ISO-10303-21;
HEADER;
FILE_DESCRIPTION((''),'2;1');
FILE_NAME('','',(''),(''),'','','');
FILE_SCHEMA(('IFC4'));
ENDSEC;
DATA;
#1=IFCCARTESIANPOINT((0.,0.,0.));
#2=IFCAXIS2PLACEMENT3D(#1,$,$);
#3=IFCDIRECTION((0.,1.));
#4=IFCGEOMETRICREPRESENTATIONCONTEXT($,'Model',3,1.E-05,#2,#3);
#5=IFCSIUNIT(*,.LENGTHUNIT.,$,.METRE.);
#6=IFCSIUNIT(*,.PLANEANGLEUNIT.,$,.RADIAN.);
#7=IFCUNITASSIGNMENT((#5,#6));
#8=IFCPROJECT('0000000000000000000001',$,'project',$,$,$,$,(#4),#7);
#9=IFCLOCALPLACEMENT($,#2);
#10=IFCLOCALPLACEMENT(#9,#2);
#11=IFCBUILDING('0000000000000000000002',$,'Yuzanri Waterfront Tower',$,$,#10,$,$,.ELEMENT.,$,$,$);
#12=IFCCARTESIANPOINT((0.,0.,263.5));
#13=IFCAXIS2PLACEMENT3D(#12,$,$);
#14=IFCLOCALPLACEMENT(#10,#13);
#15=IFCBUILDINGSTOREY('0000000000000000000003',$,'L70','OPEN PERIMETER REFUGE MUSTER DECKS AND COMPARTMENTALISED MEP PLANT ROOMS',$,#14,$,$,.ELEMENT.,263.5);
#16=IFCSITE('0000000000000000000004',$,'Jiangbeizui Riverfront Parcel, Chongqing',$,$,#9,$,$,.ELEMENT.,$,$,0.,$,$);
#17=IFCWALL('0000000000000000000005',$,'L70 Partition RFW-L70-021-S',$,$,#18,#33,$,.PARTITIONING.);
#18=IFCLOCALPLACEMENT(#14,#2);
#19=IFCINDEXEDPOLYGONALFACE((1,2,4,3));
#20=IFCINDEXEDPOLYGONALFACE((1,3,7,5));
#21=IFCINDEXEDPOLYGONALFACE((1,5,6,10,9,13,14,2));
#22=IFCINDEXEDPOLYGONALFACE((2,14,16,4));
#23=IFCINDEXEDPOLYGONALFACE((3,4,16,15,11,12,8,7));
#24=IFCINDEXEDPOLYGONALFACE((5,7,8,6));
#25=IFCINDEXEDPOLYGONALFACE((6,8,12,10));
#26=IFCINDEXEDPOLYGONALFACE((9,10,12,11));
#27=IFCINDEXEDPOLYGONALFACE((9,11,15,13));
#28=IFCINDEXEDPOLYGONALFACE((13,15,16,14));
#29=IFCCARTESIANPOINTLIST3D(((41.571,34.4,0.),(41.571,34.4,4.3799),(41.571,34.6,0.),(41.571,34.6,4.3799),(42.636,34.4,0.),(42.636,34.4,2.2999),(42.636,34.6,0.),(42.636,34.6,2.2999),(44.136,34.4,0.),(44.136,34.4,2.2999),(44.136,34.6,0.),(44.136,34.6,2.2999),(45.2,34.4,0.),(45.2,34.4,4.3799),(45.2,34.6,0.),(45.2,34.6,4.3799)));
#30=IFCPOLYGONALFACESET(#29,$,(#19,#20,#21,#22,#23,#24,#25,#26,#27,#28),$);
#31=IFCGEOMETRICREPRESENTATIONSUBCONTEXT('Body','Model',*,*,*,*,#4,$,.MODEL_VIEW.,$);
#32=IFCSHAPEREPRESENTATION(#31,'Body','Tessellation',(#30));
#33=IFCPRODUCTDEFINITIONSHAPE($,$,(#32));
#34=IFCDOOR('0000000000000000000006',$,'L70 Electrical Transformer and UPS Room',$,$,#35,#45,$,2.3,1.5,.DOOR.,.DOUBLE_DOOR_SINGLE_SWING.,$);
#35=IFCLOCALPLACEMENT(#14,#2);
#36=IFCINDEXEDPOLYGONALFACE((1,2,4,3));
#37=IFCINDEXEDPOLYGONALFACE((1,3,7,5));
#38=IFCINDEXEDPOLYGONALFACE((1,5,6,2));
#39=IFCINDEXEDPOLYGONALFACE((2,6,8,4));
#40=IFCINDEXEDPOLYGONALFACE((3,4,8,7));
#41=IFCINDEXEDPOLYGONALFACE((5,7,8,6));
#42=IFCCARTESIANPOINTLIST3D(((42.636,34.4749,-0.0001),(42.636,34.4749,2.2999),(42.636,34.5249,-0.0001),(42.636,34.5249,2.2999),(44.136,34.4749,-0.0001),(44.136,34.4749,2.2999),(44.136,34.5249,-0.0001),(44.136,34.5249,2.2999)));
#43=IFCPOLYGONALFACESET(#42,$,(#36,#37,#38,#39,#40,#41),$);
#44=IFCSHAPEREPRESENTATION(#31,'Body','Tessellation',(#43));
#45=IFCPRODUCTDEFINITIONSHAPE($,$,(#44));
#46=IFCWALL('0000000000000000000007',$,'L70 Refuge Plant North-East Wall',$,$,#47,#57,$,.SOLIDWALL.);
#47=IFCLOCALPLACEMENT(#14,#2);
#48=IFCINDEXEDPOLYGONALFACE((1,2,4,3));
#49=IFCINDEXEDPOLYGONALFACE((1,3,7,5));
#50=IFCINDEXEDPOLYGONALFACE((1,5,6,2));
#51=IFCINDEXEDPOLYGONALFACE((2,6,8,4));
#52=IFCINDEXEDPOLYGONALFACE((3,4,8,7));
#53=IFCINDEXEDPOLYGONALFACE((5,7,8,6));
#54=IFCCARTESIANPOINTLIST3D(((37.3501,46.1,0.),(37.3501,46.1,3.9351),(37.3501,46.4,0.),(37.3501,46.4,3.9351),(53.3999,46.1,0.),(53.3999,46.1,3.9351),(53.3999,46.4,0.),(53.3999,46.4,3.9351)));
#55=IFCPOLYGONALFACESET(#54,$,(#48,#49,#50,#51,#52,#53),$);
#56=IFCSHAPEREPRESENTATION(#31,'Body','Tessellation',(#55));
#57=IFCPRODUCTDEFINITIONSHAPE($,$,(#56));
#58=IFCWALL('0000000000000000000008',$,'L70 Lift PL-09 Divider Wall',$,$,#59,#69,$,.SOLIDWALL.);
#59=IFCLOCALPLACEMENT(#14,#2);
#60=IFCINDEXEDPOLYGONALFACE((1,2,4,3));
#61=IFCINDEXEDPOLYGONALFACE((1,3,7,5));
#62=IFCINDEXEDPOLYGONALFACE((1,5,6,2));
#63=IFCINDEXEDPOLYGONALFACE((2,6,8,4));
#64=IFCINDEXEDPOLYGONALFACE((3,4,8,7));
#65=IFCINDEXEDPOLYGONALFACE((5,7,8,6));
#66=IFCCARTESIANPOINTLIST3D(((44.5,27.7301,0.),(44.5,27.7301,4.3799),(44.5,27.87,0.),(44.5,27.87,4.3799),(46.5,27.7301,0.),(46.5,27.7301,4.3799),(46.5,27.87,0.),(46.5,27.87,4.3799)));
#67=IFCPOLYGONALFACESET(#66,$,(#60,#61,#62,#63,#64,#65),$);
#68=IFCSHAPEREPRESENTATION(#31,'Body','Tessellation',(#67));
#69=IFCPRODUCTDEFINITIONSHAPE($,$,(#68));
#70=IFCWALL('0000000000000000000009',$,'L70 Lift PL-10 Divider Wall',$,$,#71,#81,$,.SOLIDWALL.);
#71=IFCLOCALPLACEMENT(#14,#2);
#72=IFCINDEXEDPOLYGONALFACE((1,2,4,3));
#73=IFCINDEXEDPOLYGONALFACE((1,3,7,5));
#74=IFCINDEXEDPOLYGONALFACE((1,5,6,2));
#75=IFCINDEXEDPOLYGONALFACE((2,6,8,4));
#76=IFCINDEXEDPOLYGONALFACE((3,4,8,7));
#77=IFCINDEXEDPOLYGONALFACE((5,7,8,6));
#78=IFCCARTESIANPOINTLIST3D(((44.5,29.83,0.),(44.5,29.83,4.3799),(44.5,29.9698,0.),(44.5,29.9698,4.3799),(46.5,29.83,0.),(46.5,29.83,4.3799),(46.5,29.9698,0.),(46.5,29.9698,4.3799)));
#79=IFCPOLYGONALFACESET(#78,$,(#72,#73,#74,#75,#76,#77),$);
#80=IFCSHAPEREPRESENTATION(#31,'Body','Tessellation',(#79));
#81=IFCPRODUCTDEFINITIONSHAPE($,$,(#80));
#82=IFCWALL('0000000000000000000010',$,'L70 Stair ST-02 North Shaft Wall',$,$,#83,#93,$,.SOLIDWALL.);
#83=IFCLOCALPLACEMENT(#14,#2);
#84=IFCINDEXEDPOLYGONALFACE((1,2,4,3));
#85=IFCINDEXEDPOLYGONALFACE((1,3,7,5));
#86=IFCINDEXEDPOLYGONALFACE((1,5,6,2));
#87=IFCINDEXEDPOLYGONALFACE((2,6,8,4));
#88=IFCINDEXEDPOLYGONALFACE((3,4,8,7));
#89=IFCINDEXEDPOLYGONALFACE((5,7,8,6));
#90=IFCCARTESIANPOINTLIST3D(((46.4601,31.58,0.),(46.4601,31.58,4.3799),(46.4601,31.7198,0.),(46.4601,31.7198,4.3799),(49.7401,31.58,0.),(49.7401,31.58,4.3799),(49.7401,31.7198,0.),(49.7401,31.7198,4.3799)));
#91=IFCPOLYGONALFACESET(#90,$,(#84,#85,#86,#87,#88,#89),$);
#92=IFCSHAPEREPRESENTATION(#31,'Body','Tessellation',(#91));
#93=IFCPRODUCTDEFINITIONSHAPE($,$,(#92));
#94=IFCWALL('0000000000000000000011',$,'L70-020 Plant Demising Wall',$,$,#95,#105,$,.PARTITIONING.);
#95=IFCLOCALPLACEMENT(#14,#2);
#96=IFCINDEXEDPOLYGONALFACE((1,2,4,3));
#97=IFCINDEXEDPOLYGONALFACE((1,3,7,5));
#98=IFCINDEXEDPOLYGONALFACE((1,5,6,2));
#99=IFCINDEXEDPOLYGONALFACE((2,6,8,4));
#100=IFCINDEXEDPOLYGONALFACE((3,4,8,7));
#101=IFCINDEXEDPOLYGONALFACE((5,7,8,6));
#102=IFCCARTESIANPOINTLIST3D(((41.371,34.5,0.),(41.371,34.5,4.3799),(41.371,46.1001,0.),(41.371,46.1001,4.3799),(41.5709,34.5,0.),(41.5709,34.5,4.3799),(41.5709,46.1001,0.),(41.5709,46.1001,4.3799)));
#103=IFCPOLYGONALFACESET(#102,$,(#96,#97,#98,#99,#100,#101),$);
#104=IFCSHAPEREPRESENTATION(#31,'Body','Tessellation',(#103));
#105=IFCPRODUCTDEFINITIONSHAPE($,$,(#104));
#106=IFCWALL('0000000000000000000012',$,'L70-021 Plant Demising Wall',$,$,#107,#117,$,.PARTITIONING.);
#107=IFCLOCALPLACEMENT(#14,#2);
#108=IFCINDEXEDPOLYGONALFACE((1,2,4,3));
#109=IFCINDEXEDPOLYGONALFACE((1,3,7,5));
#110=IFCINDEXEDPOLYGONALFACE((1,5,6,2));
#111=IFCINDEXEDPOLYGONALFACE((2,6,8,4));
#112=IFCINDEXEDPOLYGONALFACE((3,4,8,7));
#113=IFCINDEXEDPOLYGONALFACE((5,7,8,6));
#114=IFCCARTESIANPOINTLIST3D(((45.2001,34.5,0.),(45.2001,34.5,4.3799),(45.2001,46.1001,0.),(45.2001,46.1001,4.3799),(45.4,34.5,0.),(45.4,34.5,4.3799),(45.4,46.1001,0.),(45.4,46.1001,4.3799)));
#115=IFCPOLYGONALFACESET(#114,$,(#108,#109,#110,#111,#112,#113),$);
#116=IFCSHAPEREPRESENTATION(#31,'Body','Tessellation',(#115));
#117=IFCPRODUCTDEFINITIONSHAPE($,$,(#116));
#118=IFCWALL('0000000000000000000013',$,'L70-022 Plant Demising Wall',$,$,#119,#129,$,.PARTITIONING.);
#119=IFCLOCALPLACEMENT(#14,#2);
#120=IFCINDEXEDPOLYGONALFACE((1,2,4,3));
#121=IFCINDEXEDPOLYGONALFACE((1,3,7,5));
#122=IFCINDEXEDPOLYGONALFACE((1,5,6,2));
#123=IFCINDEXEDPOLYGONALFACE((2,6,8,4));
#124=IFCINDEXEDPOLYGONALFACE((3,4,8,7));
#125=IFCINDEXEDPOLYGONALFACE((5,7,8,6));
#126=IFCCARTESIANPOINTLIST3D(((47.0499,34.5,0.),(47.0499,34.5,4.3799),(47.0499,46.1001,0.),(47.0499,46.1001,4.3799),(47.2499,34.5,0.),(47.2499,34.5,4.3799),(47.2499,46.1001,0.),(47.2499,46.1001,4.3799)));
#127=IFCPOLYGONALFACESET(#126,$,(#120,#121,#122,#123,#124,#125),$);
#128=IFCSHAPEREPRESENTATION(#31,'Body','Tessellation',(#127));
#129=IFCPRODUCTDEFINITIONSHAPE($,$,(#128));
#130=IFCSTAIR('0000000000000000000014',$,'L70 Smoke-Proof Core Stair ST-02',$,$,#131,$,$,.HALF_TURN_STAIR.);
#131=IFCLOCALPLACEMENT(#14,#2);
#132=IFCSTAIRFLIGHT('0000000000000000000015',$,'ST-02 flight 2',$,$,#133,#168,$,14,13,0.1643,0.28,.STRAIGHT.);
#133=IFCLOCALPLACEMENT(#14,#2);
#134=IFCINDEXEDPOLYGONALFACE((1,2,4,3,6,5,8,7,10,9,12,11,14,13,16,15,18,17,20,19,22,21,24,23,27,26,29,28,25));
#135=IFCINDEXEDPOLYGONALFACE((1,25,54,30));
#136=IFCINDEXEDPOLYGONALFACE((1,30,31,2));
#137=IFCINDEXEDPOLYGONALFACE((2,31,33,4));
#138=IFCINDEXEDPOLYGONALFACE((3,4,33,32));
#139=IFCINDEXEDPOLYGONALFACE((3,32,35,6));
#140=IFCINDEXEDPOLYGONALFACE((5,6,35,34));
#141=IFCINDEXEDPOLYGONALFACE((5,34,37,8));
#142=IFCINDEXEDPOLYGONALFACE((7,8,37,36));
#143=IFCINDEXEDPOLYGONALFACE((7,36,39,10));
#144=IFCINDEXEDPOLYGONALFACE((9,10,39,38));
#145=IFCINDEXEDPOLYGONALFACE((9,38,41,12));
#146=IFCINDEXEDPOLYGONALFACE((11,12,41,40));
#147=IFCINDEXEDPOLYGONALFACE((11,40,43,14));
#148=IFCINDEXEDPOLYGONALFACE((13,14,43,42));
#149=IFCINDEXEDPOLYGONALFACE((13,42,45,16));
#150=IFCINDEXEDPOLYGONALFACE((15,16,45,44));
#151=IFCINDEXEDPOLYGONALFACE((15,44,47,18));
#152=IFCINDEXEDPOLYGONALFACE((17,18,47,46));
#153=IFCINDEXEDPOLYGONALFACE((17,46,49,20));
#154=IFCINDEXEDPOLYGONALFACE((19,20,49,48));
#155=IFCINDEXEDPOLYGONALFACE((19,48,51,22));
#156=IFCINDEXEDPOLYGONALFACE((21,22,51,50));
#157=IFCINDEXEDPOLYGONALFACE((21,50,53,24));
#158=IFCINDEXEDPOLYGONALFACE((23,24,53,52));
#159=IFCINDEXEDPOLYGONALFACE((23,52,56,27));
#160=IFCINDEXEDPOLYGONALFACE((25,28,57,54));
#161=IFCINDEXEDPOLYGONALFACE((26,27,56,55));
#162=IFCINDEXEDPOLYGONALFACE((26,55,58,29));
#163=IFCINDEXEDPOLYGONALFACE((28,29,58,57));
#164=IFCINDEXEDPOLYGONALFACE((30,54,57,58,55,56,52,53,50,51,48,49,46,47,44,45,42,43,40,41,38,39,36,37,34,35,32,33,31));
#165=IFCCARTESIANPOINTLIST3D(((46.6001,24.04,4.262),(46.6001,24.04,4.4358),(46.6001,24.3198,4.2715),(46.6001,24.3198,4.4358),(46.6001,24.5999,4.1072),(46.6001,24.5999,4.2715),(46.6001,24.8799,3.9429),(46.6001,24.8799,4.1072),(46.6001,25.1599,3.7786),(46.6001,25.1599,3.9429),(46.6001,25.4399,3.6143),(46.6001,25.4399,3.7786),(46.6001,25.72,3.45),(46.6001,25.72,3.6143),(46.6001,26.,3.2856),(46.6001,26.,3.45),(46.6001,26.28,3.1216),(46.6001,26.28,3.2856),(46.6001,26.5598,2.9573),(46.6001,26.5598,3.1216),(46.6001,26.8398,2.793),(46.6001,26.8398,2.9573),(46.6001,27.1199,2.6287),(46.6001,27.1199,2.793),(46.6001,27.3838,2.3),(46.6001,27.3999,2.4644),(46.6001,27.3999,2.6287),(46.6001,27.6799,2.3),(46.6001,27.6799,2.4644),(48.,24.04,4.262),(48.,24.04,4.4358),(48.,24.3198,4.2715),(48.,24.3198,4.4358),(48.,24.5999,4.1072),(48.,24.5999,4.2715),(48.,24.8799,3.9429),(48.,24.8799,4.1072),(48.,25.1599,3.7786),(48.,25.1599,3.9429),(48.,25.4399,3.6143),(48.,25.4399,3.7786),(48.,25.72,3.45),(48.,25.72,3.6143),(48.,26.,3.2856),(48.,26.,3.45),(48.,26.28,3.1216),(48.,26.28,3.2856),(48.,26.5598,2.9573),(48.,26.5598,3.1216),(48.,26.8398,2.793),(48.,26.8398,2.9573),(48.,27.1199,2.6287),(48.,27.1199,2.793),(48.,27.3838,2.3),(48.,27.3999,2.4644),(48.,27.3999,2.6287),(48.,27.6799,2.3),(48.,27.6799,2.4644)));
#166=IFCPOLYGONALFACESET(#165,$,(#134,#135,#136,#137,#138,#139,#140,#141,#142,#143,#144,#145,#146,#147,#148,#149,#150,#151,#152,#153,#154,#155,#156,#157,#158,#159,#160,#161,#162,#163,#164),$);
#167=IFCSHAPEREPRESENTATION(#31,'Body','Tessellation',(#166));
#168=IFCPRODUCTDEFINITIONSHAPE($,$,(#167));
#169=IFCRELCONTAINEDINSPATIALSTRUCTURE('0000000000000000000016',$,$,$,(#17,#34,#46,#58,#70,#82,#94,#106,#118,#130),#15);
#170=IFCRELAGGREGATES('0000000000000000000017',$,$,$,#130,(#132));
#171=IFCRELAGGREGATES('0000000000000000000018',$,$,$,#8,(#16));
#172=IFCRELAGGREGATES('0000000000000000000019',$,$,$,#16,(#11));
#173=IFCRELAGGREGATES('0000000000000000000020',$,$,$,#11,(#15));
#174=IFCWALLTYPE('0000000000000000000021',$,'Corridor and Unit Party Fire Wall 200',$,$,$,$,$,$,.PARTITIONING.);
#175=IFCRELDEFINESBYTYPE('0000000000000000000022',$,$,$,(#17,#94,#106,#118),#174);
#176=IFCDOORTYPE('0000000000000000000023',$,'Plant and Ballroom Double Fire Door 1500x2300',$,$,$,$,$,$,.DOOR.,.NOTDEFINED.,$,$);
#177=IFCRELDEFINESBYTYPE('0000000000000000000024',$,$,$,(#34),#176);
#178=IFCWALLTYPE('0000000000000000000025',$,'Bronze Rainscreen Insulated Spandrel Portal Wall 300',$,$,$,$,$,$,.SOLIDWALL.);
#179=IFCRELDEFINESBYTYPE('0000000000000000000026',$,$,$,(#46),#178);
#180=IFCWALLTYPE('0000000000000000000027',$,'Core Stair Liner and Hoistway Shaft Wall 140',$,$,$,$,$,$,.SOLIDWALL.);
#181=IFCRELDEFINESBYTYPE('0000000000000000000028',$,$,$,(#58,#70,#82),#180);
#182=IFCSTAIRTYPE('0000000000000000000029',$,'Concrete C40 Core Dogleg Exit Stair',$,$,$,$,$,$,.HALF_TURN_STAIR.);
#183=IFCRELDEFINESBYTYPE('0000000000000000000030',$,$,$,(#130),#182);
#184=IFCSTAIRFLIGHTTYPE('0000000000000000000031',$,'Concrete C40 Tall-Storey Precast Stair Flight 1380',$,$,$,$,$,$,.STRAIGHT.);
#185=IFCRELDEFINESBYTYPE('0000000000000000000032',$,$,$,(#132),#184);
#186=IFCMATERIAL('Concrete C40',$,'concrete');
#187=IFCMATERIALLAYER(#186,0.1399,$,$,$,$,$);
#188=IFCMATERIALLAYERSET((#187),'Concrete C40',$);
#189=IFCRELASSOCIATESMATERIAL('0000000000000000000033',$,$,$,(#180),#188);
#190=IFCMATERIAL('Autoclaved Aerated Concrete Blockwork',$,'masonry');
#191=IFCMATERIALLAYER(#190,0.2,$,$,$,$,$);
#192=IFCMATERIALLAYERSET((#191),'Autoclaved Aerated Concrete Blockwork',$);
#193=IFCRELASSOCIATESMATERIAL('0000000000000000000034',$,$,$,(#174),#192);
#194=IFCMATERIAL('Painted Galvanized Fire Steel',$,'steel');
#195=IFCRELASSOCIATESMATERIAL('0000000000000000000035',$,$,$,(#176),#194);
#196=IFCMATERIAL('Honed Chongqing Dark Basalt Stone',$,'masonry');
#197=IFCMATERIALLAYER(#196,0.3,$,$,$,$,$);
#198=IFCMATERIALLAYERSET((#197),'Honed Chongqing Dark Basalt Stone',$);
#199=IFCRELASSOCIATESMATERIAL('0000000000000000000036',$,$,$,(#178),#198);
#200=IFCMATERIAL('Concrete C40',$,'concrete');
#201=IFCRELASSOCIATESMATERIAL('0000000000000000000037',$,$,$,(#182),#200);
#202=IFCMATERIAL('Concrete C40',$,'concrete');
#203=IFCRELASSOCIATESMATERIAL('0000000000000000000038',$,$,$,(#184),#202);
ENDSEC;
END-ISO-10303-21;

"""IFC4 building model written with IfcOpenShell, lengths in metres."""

from ifc_helpers import new_model, si_unit, direction, frame, frame_2d, origin, place, context, subcontext, project, spatial, polyline, rectangle, outline, extrude, source, transform, mapped, material, layer, layer_set, type_object, element, fill, aggregate, save


model = new_model("IFC4")

# Units and contexts
model_context = context("Model", 3, precision=1e-05, world=origin(), true_north=direction((0.0, 1.0)))
body_context = subcontext(model_context, "Body", "Model", "MODEL_VIEW")
ifc_project = project(units=[si_unit("LENGTHUNIT", "METRE"), si_unit("PLANEANGLEUNIT", "RADIAN")], contexts=[model_context])

# Site, building, storey
site_placement = place(None, origin())
site = spatial("IfcSite", under=ifc_project, at=site_placement, Name="Jiangbeizui Riverfront Parcel, Chongqing", CompositionType="ELEMENT", RefElevation=0.0)
building_placement = place(site_placement, origin())
building = spatial("IfcBuilding", under=site, at=building_placement, Name="Yuzanri Waterfront Tower", CompositionType="ELEMENT")
storey_placement = place(building_placement, frame((0.0, 0.0, 263.5)))
storey = spatial("IfcBuildingStorey", under=building, at=storey_placement, Name="L70", Description="OPEN PERIMETER REFUGE MUSTER DECKS AND COMPARTMENTALISED MEP PLANT ROOMS", CompositionType="ELEMENT", Elevation=263.5)

# Wall, opening, door
ifc_material_1 = material(Name="Concrete C40", Category="concrete")
ifc_layer_1 = layer(ifc_material_1, 0.1399)
ifc_layer_set_1 = layer_set([ifc_layer_1], Name="Concrete C40")
wall_type_1 = type_object("IfcWallType", Name="Core Stair Liner and Hoistway Shaft Wall 140", PredefinedType="SOLIDWALL", material=ifc_layer_set_1)
ifc_material_2 = material(Name="Autoclaved Aerated Concrete Blockwork", Category="masonry")
ifc_layer_2 = layer(ifc_material_2, 0.2)
ifc_layer_set_2 = layer_set([ifc_layer_2], Name="Autoclaved Aerated Concrete Blockwork")
wall_type_2 = type_object("IfcWallType", Name="Corridor and Unit Party Fire Wall 200", PredefinedType="PARTITIONING", material=ifc_layer_set_2)
wall_1_placement = place(storey_placement, frame((41.571, 34.5, 0.0), z_axis=(0.0, 0.0, 1.0), x_axis=(1.0, 0.0, 0.0)))
wall_1 = element("IfcWall", 1, at=wall_1_placement, inside=storey, type_object=wall_type_2, Name="L70 Partition RFW-L70-021-S", PredefinedType="PARTITIONING", context=body_context, shape_type="SweptSolid", body=[
    extrude(rectangle(XDim=3.6289, YDim=0.2, at=frame_2d((1.8145, 0.0))), origin(), (0.0, 0.0, 1.0), 4.3799),
])
opening_1_placement = place(wall_1_placement, frame((1.0649, 0.0, 0.0)))
opening_1 = element("IfcOpeningElement", 2, at=opening_1_placement, cuts=wall_1, PredefinedType="OPENING", context=body_context, shape_type="SweptSolid", body=[
    extrude(rectangle(XDim=1.5, YDim=2.3, at=frame_2d((0.75, 1.1499))), frame((0.0, 0.1147, 0.0), z_axis=(0.0, -1.0, 0.0), x_axis=(1.0, 0.0, 0.0)), (0.0, 0.0, 1.0), 0.2297),
])
ifc_material_3 = material(Name="Painted Galvanized Fire Steel", Category="steel")
door_type_1 = type_object("IfcDoorType", Name="Plant and Ballroom Double Fire Door 1500x2300", OperationType="NOTDEFINED", PredefinedType="DOOR", material=ifc_material_3)
shared_shape_1 = source(origin(), body_context, "Body", "SweptSolid", [
    extrude(rectangle(XDim=1.5, YDim=2.3, at=frame_2d((0.75, 1.1499))), frame((0.0, 0.0249, 0.0), z_axis=(0.0, -1.0, 0.0), x_axis=(1.0, 0.0, 0.0)), (0.0, 0.0, 1.0), 0.05),
])
door_1_placement = place(opening_1_placement, origin())
door_1 = element("IfcDoor", 3, at=door_1_placement, inside=storey, type_object=door_type_1, Name="L70 Electrical Transformer and UPS Room", OperationType="DOUBLE_DOOR_SINGLE_SWING", OverallHeight=2.3, OverallWidth=1.5, PredefinedType="DOOR", context=body_context, shape_type="MappedRepresentation", body=[
    mapped(shared_shape_1, transform((0.0, 0.0, 0.0), scale=1.0)),
])
fill(opening_1, door_1)

# Walls
ifc_material_4 = material(Name="Honed Chongqing Dark Basalt Stone", Category="masonry")
ifc_layer_3 = layer(ifc_material_4, 0.3)
ifc_layer_set_3 = layer_set([ifc_layer_3], Name="Honed Chongqing Dark Basalt Stone")
wall_type_3 = type_object("IfcWallType", Name="Bronze Rainscreen Insulated Spandrel Portal Wall 300", PredefinedType="SOLIDWALL", material=ifc_layer_set_3)
shared_shape_2 = source(origin(), body_context, "Body", "SweptSolid", [
    extrude(rectangle(XDim=16.0498, YDim=0.3, at=frame_2d((8.0249, 0.0))), origin(), (0.0, 0.0, 1.0), 3.9351),
])
wall_2_placement = place(storey_placement, frame((37.3501, 46.25, 0.0), z_axis=(0.0, 0.0, 1.0), x_axis=(1.0, 0.0, 0.0)))
element("IfcWall", 4, at=wall_2_placement, inside=storey, type_object=wall_type_3, Name="L70 Refuge Plant North-East Wall", PredefinedType="SOLIDWALL", context=body_context, shape_type="MappedRepresentation", body=[
    mapped(shared_shape_2, transform((0.0, 0.0, 0.0), scale=1.0)),
])
shared_shape_3 = source(origin(), body_context, "Body", "SweptSolid", [
    extrude(rectangle(XDim=2.0, YDim=0.1399, at=frame_2d((1.0, 0.0))), origin(), (0.0, 0.0, 1.0), 4.3799),
])
for number, where, z_axis, x_axis, name in (
    (5, (44.5, 27.8, 0.0), (0.0, 0.0, 1.0), (1.0, 0.0, 0.0), "L70 Lift PL-09 Divider Wall"),
    (6, (44.5, 29.8999, 0.0), (0.0, 0.0, 1.0), (1.0, 0.0, 0.0), "L70 Lift PL-10 Divider Wall"),
):
    element("IfcWall", number, at=place(storey_placement, frame(where, z_axis=z_axis, x_axis=x_axis)), inside=storey, type_object=wall_type_1, Name=name, PredefinedType="SOLIDWALL", context=body_context, shape_type="MappedRepresentation", body=[
        mapped(shared_shape_3, transform((0.0, 0.0, 0.0), scale=1.0)),
    ])
shared_shape_4 = source(origin(), body_context, "Body", "SweptSolid", [
    extrude(rectangle(XDim=3.28, YDim=0.1399, at=frame_2d((1.6401, 0.0))), origin(), (0.0, 0.0, 1.0), 4.3799),
])
wall_3_placement = place(storey_placement, frame((46.46, 31.6499, 0.0), z_axis=(0.0, 0.0, 1.0), x_axis=(1.0, 0.0, 0.0)))
element("IfcWall", 7, at=wall_3_placement, inside=storey, type_object=wall_type_1, Name="L70 Stair ST-02 North Shaft Wall", PredefinedType="SOLIDWALL", context=body_context, shape_type="MappedRepresentation", body=[
    mapped(shared_shape_4, transform((0.0, 0.0, 0.0), scale=1.0)),
])
shared_shape_5 = source(origin(), body_context, "Body", "SweptSolid", [
    extrude(rectangle(XDim=11.6001, YDim=0.2, at=frame_2d((5.8, 0.0))), origin(), (0.0, 0.0, 1.0), 4.3799),
])
for number, where, z_axis, x_axis, name in (
    (8, (41.4709, 34.5, 0.0), (0.0, 0.0, 1.0), (0.0, 1.0, 0.0), "L70-020 Plant Demising Wall"),
    (9, (45.3, 34.5, 0.0), (0.0, 0.0, 1.0), (0.0, 1.0, 0.0), "L70-021 Plant Demising Wall"),
    (10, (47.1499, 34.5, 0.0), (0.0, 0.0, 1.0), (0.0, 1.0, 0.0), "L70-022 Plant Demising Wall"),
):
    element("IfcWall", number, at=place(storey_placement, frame(where, z_axis=z_axis, x_axis=x_axis)), inside=storey, type_object=wall_type_2, Name=name, PredefinedType="PARTITIONING", context=body_context, shape_type="MappedRepresentation", body=[
        mapped(shared_shape_5, transform((0.0, 0.0, 0.0), scale=1.0)),
    ])

# Stair, stair flight
ifc_material_5 = material(Name="Concrete C40", Category="concrete")
stair_type = type_object("IfcStairType", Name="Concrete C40 Core Dogleg Exit Stair", PredefinedType="HALF_TURN_STAIR", material=ifc_material_5)
stair_1_placement = place(storey_placement, origin())
stair_1 = element("IfcStair", 11, at=stair_1_placement, inside=storey, type_object=stair_type, Name="L70 Smoke-Proof Core Stair ST-02", PredefinedType="HALF_TURN_STAIR")
ifc_material_6 = material(Name="Concrete C40", Category="concrete")
stair_flight_type = type_object("IfcStairFlightType", Name="Concrete C40 Tall-Storey Precast Stair Flight 1380", PredefinedType="STRAIGHT", material=ifc_material_6)
shared_shape_6 = source(origin(), body_context, "Body", "SweptSolid", [
    extrude(outline(polyline([(0.0, 0.0), (0.0, 0.1643), (0.28, 0.1643), (0.28, 0.3286), (0.5601, 0.3286), (0.5601, 0.4929), (0.8401, 0.4929), (0.8401, 0.6572), (1.1201, 0.6572), (1.1201, 0.8215), (1.3999, 0.8215), (1.3999, 0.9856), (1.6799, 0.9856), (1.6799, 1.1499), (1.96, 1.1499), (1.96, 1.3142), (2.24, 1.3142), (2.24, 1.4785), (2.52, 1.4785), (2.52, 1.6428), (2.8, 1.6428), (2.8, 1.8071), (3.0801, 1.8071), (3.0801, 1.9714), (3.3601, 1.9714), (3.3601, 2.1357), (3.6399, 2.1357), (3.6399, 2.3), (3.6399, 1.9619), (0.2961, 0.0), (0.0, 0.0)])), frame((0.0, 0.7, 0.0), z_axis=(0.0, -1.0, 0.0), x_axis=(1.0, 0.0, 0.0)), (0.0, 0.0, 1.0), 1.3999),
])
stair_flight_1_placement = place(storey_placement, frame((47.3, 27.6799, 2.3), z_axis=(0.0, 0.0, 1.0), x_axis=(0.0, -1.0, 0.0)))
stair_flight_1 = element("IfcStairFlight", 12, at=stair_flight_1_placement, type_object=stair_flight_type, Name="ST-02 flight 2", NumberOfRisers=14, NumberOfTreads=13, PredefinedType="STRAIGHT", RiserHeight=0.1643, TreadLength=0.28, context=body_context, shape_type="MappedRepresentation", body=[
    mapped(shared_shape_6, transform((0.0, 0.0, 0.0), scale=1.0)),
])
aggregate(stair_1, [stair_flight_1])

save(model, "model.ifc")
